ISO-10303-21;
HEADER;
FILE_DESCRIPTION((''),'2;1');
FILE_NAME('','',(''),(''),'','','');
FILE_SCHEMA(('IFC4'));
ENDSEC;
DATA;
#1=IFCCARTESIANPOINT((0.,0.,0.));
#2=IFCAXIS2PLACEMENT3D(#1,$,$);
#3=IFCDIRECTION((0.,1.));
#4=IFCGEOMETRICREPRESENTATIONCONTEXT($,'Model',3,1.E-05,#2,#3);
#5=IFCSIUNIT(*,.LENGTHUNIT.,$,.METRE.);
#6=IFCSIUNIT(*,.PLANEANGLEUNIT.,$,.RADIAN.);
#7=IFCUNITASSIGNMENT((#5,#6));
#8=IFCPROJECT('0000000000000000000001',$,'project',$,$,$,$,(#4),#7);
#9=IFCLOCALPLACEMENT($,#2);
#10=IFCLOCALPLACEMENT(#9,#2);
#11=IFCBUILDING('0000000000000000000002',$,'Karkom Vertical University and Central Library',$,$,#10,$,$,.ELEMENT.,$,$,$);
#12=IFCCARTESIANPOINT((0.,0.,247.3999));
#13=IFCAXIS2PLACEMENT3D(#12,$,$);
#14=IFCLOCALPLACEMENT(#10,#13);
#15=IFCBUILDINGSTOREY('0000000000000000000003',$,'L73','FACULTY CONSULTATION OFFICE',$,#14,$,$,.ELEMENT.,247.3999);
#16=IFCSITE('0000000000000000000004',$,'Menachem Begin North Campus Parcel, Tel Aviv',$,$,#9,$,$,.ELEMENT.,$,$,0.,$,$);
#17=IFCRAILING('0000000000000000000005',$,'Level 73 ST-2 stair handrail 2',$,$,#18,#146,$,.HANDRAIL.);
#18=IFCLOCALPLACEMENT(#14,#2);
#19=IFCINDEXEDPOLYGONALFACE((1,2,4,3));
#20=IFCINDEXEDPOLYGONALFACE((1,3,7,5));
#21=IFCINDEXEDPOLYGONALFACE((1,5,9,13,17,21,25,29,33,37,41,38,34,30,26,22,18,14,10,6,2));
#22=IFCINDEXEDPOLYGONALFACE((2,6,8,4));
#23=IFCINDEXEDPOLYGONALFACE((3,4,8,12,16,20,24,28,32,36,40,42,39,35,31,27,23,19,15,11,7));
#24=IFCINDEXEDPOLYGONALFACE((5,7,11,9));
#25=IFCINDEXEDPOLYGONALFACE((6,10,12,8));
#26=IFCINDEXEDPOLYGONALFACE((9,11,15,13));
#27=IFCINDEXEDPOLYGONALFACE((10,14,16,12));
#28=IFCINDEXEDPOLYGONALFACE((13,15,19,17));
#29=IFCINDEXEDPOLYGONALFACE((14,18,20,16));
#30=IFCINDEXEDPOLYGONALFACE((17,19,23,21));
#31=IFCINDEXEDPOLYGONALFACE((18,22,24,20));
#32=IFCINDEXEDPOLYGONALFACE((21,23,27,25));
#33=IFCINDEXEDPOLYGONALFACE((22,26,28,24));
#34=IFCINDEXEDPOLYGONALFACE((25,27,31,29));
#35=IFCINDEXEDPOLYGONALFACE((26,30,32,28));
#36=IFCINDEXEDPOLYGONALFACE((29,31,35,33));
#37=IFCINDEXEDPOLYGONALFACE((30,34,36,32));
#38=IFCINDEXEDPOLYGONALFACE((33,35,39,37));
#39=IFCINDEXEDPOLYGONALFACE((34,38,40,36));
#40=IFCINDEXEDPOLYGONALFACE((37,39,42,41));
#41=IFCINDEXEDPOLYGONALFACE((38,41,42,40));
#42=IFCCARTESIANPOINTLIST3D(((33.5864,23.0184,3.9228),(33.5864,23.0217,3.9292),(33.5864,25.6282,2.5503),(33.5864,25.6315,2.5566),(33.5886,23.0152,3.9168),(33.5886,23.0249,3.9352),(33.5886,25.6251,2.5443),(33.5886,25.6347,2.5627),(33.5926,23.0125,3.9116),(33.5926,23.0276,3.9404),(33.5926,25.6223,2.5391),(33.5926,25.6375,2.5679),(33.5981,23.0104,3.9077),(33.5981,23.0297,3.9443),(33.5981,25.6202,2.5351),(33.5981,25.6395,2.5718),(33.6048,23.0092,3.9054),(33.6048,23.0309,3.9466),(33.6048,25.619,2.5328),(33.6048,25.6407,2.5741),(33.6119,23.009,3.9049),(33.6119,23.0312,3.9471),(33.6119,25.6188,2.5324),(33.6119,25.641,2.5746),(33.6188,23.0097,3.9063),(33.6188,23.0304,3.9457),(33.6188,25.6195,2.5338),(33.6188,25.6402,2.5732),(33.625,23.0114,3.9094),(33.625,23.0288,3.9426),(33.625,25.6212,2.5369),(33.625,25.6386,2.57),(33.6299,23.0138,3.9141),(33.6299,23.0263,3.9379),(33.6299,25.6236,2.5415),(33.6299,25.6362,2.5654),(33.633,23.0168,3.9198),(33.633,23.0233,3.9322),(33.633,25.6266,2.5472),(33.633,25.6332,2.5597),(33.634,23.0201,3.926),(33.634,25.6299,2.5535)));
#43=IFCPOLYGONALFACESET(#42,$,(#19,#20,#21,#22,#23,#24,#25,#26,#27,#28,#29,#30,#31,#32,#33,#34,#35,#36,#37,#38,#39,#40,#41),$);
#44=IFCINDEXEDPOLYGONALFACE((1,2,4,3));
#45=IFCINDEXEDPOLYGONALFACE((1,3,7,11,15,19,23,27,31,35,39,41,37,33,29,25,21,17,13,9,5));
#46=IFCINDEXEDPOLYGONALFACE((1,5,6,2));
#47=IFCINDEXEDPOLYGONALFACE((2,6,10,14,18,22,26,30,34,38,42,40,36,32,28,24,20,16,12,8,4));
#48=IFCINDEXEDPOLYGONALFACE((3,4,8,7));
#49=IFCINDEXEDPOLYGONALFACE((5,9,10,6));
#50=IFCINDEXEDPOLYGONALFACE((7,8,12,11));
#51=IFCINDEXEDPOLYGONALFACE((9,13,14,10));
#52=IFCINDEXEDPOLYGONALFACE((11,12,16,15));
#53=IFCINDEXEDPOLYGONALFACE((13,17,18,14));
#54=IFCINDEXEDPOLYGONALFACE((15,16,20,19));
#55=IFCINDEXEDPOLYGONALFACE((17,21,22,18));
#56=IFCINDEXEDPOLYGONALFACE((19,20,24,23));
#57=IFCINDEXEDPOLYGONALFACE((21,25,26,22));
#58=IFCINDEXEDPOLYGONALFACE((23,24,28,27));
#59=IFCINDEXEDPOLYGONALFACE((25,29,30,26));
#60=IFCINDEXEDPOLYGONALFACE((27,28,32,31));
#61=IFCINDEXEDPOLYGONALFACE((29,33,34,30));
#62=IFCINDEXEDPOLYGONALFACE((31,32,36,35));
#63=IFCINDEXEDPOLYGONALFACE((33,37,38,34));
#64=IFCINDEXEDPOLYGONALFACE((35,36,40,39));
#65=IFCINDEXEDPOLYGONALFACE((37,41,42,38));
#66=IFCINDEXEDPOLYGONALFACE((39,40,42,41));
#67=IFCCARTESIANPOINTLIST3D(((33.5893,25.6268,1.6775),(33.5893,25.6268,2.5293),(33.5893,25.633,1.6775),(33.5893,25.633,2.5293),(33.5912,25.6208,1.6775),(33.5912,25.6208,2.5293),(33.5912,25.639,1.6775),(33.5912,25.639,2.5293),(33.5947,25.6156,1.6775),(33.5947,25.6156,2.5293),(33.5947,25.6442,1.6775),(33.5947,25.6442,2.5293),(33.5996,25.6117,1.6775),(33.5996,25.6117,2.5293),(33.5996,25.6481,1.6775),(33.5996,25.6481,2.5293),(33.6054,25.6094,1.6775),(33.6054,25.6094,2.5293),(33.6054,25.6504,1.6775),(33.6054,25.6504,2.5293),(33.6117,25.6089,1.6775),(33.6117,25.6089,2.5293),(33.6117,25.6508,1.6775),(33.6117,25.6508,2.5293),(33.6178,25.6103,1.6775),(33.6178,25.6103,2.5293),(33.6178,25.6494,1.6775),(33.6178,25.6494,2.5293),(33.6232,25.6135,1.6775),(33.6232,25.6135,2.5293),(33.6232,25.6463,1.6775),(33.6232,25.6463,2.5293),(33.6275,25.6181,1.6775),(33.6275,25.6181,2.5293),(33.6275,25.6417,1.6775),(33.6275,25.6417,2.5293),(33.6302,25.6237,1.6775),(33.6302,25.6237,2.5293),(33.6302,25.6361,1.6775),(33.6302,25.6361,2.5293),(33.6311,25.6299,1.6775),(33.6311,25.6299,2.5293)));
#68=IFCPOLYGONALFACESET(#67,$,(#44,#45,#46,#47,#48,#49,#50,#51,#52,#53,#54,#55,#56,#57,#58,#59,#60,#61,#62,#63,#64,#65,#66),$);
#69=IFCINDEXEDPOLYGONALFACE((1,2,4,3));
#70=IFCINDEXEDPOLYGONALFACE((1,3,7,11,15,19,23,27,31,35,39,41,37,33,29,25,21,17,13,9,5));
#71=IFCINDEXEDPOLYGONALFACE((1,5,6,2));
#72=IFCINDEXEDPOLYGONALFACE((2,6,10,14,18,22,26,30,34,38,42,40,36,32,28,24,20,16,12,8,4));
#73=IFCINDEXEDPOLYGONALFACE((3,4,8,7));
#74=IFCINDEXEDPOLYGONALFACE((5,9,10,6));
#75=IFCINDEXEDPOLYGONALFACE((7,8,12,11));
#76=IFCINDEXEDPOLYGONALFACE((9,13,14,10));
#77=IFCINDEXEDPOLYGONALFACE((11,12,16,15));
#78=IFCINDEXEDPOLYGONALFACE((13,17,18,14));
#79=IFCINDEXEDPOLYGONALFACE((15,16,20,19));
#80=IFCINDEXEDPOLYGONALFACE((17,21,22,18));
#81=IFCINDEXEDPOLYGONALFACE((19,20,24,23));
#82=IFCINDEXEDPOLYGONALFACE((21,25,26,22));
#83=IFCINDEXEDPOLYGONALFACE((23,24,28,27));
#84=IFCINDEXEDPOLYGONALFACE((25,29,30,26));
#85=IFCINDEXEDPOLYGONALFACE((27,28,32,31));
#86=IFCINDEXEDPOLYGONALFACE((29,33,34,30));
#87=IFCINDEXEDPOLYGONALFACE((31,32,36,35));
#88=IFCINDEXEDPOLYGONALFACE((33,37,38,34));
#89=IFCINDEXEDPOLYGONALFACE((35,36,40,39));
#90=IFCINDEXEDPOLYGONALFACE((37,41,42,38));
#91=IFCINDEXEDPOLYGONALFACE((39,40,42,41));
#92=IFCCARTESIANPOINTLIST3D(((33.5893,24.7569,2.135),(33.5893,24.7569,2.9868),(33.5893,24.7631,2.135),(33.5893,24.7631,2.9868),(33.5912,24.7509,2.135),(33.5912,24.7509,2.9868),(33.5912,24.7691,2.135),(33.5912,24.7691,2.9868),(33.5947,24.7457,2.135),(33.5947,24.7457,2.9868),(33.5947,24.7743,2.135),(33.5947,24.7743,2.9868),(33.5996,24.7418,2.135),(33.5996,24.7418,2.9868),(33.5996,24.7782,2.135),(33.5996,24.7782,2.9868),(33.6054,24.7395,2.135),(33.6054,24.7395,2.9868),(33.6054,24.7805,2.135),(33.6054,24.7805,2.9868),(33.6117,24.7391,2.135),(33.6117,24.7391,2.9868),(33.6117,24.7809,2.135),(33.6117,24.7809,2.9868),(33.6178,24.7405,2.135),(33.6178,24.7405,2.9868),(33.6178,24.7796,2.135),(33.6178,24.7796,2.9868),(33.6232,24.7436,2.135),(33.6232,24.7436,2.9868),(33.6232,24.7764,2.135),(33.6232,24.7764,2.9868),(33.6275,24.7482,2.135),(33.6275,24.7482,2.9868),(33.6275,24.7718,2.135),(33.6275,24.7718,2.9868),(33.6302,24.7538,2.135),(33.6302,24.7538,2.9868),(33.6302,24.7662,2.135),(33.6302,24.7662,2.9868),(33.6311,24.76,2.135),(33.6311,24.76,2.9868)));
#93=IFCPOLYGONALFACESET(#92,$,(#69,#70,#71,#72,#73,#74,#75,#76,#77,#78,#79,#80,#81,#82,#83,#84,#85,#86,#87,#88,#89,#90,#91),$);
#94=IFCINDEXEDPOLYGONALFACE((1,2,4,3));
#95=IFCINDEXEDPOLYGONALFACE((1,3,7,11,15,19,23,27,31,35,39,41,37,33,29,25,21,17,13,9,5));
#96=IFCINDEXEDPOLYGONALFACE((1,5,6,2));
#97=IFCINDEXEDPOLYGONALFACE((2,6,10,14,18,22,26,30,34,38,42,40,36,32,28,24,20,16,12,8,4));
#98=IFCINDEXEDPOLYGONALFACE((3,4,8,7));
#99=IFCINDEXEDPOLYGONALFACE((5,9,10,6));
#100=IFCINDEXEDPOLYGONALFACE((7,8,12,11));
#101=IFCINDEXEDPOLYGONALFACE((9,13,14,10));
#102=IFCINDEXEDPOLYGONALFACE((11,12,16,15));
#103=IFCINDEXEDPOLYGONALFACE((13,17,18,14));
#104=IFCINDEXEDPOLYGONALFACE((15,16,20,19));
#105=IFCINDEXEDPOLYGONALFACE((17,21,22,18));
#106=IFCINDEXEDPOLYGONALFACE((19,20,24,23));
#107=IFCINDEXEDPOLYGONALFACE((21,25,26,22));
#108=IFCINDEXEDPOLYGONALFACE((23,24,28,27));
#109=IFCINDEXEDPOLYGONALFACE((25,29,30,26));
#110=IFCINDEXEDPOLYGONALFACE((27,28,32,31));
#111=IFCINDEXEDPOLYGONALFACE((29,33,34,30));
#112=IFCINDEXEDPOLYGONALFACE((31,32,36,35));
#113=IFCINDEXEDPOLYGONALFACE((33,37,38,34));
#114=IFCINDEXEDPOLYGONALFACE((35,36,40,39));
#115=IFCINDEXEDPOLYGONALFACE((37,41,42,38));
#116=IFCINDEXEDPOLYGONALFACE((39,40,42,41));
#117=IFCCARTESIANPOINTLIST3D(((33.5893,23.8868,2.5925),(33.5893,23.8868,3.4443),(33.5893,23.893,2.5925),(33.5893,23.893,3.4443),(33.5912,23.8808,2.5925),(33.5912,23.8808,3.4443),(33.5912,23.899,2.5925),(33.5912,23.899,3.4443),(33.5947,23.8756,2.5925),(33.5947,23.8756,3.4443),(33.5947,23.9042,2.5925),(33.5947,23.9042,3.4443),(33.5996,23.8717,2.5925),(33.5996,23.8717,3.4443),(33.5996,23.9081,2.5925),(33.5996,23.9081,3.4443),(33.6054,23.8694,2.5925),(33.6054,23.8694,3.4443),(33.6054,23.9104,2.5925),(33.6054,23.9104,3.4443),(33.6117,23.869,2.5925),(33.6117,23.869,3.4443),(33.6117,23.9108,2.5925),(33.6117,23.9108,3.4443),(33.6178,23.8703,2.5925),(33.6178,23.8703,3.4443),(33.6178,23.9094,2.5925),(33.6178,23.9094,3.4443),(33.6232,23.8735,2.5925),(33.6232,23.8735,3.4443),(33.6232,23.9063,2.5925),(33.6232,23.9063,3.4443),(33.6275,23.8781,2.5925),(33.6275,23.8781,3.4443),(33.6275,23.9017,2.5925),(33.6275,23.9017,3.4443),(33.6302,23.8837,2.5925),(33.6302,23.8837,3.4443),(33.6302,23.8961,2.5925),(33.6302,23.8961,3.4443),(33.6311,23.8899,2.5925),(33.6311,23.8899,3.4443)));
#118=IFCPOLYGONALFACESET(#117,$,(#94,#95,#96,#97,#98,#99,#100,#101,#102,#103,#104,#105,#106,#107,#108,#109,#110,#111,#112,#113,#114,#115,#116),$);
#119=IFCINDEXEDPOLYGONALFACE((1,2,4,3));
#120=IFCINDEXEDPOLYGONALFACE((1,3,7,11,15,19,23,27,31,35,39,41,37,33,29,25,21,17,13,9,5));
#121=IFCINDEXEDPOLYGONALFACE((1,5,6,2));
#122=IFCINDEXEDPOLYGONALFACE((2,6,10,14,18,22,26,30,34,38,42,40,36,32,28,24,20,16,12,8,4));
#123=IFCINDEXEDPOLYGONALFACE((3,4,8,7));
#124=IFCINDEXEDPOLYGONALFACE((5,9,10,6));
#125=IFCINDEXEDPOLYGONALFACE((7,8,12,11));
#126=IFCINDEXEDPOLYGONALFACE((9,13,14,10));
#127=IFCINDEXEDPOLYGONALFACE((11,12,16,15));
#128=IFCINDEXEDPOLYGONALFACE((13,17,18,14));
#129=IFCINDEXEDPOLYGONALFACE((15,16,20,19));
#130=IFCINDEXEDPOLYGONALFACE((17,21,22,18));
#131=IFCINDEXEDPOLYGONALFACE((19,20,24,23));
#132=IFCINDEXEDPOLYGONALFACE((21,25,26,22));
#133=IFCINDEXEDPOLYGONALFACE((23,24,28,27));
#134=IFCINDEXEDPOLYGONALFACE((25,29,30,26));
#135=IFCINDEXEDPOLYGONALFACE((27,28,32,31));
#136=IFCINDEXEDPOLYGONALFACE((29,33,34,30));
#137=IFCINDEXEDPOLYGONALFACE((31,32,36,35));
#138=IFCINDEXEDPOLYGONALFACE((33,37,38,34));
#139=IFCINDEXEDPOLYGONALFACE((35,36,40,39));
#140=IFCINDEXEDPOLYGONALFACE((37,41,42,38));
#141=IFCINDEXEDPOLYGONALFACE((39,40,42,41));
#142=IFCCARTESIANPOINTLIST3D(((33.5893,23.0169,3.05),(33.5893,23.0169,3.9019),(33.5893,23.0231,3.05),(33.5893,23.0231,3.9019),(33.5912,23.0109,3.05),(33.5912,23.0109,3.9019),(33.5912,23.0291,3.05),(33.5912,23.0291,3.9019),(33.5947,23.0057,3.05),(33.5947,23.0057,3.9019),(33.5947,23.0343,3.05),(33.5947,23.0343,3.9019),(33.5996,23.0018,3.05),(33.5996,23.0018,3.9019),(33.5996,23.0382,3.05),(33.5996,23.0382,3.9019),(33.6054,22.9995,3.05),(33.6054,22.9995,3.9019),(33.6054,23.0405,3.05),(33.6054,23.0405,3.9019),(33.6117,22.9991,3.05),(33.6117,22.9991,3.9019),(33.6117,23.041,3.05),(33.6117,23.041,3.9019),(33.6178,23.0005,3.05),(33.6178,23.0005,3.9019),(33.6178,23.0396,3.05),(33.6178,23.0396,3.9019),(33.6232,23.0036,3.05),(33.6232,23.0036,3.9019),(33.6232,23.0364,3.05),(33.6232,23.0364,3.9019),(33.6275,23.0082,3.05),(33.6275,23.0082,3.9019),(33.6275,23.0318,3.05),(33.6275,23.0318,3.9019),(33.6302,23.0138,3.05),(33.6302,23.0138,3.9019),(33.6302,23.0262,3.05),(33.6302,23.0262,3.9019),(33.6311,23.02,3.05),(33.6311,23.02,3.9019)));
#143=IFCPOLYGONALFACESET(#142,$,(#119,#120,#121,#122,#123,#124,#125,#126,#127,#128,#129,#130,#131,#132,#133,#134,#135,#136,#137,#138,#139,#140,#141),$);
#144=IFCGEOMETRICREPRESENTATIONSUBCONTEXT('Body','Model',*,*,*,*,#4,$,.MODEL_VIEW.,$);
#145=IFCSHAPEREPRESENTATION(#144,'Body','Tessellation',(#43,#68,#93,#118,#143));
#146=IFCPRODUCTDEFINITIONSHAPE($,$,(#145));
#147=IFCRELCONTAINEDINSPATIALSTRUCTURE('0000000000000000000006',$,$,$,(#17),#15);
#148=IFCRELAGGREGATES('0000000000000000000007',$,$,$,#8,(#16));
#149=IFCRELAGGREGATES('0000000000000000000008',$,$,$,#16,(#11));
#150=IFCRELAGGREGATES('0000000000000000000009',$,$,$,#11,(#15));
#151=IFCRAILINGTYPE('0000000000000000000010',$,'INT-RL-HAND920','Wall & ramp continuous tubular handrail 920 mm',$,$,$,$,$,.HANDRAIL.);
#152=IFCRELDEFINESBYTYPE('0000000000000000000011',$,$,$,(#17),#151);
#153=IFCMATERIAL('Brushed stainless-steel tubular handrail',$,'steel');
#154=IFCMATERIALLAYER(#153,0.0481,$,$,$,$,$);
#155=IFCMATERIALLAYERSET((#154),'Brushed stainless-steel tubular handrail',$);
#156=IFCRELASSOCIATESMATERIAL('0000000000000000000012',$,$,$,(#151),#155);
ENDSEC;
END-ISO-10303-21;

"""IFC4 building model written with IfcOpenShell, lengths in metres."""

from ifc_helpers import new_model, si_unit, direction, frame, origin, origin_2d, place, context, subcontext, project, spatial, circle, extrude, material, layer, layer_set, type_object, element, save


model = new_model("IFC4")

# Units and contexts
model_context = context("Model", 3, precision=1e-05, world=origin(), true_north=direction((0.0, 1.0)))
body_context = subcontext(model_context, "Body", "Model", "MODEL_VIEW")
ifc_project = project(units=[si_unit("LENGTHUNIT", "METRE"), si_unit("PLANEANGLEUNIT", "RADIAN")], contexts=[model_context])

# Site, building, storey
site_placement = place(None, origin())
site = spatial("IfcSite", under=ifc_project, at=site_placement, Name="Menachem Begin North Campus Parcel, Tel Aviv", CompositionType="ELEMENT", RefElevation=0.0)
building_placement = place(site_placement, origin())
building = spatial("IfcBuilding", under=site, at=building_placement, Name="Karkom Vertical University and Central Library", CompositionType="ELEMENT")
storey_placement = place(building_placement, frame((0.0, 0.0, 247.3999)))
storey = spatial("IfcBuildingStorey", under=building, at=storey_placement, Name="L73", Description="FACULTY CONSULTATION OFFICE", CompositionType="ELEMENT", Elevation=247.3999)

# Railing
ifc_material_1 = material(Name="Brushed stainless-steel tubular handrail", Category="steel")
ifc_layer_1 = layer(ifc_material_1, 0.0481)
ifc_layer_set_1 = layer_set([ifc_layer_1], Name="Brushed stainless-steel tubular handrail")
railing_type_1 = type_object("IfcRailingType", Name="INT-RL-HAND920", Description="Wall & ramp continuous tubular handrail 920 mm", PredefinedType="HANDRAIL", material=ifc_layer_set_1)
railing_1_placement = place(storey_placement, frame((33.6101, 25.6299, 1.6775)))
element("IfcRailing", 1, at=railing_1_placement, inside=storey, type_object=railing_type_1, Name="Level 73 ST-2 stair handrail 2", PredefinedType="HANDRAIL", context=body_context, shape_type="SweptSolid", body=[
    extrude(circle(Radius=0.0239, at=origin_2d()), frame((0.0, 0.0, 0.876), z_axis=(0.0, -0.885065, 0.465467), x_axis=(1.0, 0.0, 0.0)), (0.0, 0.0, 1.0), 2.9487),
    extrude(circle(Radius=0.021, at=origin_2d()), origin(), (0.0, 0.0, 1.0), 0.8518),
    extrude(circle(Radius=0.021, at=origin_2d()), frame((0.0, -0.8699, 0.4575)), (0.0, 0.0, 1.0), 0.8518),
    extrude(circle(Radius=0.021, at=origin_2d()), frame((0.0, -1.74, 0.915)), (0.0, 0.0, 1.0), 0.8518),
    extrude(circle(Radius=0.021, at=origin_2d()), frame((0.0, -2.6099, 1.3726)), (0.0, 0.0, 1.0), 0.8518),
])

save(model, "model.ifc")
